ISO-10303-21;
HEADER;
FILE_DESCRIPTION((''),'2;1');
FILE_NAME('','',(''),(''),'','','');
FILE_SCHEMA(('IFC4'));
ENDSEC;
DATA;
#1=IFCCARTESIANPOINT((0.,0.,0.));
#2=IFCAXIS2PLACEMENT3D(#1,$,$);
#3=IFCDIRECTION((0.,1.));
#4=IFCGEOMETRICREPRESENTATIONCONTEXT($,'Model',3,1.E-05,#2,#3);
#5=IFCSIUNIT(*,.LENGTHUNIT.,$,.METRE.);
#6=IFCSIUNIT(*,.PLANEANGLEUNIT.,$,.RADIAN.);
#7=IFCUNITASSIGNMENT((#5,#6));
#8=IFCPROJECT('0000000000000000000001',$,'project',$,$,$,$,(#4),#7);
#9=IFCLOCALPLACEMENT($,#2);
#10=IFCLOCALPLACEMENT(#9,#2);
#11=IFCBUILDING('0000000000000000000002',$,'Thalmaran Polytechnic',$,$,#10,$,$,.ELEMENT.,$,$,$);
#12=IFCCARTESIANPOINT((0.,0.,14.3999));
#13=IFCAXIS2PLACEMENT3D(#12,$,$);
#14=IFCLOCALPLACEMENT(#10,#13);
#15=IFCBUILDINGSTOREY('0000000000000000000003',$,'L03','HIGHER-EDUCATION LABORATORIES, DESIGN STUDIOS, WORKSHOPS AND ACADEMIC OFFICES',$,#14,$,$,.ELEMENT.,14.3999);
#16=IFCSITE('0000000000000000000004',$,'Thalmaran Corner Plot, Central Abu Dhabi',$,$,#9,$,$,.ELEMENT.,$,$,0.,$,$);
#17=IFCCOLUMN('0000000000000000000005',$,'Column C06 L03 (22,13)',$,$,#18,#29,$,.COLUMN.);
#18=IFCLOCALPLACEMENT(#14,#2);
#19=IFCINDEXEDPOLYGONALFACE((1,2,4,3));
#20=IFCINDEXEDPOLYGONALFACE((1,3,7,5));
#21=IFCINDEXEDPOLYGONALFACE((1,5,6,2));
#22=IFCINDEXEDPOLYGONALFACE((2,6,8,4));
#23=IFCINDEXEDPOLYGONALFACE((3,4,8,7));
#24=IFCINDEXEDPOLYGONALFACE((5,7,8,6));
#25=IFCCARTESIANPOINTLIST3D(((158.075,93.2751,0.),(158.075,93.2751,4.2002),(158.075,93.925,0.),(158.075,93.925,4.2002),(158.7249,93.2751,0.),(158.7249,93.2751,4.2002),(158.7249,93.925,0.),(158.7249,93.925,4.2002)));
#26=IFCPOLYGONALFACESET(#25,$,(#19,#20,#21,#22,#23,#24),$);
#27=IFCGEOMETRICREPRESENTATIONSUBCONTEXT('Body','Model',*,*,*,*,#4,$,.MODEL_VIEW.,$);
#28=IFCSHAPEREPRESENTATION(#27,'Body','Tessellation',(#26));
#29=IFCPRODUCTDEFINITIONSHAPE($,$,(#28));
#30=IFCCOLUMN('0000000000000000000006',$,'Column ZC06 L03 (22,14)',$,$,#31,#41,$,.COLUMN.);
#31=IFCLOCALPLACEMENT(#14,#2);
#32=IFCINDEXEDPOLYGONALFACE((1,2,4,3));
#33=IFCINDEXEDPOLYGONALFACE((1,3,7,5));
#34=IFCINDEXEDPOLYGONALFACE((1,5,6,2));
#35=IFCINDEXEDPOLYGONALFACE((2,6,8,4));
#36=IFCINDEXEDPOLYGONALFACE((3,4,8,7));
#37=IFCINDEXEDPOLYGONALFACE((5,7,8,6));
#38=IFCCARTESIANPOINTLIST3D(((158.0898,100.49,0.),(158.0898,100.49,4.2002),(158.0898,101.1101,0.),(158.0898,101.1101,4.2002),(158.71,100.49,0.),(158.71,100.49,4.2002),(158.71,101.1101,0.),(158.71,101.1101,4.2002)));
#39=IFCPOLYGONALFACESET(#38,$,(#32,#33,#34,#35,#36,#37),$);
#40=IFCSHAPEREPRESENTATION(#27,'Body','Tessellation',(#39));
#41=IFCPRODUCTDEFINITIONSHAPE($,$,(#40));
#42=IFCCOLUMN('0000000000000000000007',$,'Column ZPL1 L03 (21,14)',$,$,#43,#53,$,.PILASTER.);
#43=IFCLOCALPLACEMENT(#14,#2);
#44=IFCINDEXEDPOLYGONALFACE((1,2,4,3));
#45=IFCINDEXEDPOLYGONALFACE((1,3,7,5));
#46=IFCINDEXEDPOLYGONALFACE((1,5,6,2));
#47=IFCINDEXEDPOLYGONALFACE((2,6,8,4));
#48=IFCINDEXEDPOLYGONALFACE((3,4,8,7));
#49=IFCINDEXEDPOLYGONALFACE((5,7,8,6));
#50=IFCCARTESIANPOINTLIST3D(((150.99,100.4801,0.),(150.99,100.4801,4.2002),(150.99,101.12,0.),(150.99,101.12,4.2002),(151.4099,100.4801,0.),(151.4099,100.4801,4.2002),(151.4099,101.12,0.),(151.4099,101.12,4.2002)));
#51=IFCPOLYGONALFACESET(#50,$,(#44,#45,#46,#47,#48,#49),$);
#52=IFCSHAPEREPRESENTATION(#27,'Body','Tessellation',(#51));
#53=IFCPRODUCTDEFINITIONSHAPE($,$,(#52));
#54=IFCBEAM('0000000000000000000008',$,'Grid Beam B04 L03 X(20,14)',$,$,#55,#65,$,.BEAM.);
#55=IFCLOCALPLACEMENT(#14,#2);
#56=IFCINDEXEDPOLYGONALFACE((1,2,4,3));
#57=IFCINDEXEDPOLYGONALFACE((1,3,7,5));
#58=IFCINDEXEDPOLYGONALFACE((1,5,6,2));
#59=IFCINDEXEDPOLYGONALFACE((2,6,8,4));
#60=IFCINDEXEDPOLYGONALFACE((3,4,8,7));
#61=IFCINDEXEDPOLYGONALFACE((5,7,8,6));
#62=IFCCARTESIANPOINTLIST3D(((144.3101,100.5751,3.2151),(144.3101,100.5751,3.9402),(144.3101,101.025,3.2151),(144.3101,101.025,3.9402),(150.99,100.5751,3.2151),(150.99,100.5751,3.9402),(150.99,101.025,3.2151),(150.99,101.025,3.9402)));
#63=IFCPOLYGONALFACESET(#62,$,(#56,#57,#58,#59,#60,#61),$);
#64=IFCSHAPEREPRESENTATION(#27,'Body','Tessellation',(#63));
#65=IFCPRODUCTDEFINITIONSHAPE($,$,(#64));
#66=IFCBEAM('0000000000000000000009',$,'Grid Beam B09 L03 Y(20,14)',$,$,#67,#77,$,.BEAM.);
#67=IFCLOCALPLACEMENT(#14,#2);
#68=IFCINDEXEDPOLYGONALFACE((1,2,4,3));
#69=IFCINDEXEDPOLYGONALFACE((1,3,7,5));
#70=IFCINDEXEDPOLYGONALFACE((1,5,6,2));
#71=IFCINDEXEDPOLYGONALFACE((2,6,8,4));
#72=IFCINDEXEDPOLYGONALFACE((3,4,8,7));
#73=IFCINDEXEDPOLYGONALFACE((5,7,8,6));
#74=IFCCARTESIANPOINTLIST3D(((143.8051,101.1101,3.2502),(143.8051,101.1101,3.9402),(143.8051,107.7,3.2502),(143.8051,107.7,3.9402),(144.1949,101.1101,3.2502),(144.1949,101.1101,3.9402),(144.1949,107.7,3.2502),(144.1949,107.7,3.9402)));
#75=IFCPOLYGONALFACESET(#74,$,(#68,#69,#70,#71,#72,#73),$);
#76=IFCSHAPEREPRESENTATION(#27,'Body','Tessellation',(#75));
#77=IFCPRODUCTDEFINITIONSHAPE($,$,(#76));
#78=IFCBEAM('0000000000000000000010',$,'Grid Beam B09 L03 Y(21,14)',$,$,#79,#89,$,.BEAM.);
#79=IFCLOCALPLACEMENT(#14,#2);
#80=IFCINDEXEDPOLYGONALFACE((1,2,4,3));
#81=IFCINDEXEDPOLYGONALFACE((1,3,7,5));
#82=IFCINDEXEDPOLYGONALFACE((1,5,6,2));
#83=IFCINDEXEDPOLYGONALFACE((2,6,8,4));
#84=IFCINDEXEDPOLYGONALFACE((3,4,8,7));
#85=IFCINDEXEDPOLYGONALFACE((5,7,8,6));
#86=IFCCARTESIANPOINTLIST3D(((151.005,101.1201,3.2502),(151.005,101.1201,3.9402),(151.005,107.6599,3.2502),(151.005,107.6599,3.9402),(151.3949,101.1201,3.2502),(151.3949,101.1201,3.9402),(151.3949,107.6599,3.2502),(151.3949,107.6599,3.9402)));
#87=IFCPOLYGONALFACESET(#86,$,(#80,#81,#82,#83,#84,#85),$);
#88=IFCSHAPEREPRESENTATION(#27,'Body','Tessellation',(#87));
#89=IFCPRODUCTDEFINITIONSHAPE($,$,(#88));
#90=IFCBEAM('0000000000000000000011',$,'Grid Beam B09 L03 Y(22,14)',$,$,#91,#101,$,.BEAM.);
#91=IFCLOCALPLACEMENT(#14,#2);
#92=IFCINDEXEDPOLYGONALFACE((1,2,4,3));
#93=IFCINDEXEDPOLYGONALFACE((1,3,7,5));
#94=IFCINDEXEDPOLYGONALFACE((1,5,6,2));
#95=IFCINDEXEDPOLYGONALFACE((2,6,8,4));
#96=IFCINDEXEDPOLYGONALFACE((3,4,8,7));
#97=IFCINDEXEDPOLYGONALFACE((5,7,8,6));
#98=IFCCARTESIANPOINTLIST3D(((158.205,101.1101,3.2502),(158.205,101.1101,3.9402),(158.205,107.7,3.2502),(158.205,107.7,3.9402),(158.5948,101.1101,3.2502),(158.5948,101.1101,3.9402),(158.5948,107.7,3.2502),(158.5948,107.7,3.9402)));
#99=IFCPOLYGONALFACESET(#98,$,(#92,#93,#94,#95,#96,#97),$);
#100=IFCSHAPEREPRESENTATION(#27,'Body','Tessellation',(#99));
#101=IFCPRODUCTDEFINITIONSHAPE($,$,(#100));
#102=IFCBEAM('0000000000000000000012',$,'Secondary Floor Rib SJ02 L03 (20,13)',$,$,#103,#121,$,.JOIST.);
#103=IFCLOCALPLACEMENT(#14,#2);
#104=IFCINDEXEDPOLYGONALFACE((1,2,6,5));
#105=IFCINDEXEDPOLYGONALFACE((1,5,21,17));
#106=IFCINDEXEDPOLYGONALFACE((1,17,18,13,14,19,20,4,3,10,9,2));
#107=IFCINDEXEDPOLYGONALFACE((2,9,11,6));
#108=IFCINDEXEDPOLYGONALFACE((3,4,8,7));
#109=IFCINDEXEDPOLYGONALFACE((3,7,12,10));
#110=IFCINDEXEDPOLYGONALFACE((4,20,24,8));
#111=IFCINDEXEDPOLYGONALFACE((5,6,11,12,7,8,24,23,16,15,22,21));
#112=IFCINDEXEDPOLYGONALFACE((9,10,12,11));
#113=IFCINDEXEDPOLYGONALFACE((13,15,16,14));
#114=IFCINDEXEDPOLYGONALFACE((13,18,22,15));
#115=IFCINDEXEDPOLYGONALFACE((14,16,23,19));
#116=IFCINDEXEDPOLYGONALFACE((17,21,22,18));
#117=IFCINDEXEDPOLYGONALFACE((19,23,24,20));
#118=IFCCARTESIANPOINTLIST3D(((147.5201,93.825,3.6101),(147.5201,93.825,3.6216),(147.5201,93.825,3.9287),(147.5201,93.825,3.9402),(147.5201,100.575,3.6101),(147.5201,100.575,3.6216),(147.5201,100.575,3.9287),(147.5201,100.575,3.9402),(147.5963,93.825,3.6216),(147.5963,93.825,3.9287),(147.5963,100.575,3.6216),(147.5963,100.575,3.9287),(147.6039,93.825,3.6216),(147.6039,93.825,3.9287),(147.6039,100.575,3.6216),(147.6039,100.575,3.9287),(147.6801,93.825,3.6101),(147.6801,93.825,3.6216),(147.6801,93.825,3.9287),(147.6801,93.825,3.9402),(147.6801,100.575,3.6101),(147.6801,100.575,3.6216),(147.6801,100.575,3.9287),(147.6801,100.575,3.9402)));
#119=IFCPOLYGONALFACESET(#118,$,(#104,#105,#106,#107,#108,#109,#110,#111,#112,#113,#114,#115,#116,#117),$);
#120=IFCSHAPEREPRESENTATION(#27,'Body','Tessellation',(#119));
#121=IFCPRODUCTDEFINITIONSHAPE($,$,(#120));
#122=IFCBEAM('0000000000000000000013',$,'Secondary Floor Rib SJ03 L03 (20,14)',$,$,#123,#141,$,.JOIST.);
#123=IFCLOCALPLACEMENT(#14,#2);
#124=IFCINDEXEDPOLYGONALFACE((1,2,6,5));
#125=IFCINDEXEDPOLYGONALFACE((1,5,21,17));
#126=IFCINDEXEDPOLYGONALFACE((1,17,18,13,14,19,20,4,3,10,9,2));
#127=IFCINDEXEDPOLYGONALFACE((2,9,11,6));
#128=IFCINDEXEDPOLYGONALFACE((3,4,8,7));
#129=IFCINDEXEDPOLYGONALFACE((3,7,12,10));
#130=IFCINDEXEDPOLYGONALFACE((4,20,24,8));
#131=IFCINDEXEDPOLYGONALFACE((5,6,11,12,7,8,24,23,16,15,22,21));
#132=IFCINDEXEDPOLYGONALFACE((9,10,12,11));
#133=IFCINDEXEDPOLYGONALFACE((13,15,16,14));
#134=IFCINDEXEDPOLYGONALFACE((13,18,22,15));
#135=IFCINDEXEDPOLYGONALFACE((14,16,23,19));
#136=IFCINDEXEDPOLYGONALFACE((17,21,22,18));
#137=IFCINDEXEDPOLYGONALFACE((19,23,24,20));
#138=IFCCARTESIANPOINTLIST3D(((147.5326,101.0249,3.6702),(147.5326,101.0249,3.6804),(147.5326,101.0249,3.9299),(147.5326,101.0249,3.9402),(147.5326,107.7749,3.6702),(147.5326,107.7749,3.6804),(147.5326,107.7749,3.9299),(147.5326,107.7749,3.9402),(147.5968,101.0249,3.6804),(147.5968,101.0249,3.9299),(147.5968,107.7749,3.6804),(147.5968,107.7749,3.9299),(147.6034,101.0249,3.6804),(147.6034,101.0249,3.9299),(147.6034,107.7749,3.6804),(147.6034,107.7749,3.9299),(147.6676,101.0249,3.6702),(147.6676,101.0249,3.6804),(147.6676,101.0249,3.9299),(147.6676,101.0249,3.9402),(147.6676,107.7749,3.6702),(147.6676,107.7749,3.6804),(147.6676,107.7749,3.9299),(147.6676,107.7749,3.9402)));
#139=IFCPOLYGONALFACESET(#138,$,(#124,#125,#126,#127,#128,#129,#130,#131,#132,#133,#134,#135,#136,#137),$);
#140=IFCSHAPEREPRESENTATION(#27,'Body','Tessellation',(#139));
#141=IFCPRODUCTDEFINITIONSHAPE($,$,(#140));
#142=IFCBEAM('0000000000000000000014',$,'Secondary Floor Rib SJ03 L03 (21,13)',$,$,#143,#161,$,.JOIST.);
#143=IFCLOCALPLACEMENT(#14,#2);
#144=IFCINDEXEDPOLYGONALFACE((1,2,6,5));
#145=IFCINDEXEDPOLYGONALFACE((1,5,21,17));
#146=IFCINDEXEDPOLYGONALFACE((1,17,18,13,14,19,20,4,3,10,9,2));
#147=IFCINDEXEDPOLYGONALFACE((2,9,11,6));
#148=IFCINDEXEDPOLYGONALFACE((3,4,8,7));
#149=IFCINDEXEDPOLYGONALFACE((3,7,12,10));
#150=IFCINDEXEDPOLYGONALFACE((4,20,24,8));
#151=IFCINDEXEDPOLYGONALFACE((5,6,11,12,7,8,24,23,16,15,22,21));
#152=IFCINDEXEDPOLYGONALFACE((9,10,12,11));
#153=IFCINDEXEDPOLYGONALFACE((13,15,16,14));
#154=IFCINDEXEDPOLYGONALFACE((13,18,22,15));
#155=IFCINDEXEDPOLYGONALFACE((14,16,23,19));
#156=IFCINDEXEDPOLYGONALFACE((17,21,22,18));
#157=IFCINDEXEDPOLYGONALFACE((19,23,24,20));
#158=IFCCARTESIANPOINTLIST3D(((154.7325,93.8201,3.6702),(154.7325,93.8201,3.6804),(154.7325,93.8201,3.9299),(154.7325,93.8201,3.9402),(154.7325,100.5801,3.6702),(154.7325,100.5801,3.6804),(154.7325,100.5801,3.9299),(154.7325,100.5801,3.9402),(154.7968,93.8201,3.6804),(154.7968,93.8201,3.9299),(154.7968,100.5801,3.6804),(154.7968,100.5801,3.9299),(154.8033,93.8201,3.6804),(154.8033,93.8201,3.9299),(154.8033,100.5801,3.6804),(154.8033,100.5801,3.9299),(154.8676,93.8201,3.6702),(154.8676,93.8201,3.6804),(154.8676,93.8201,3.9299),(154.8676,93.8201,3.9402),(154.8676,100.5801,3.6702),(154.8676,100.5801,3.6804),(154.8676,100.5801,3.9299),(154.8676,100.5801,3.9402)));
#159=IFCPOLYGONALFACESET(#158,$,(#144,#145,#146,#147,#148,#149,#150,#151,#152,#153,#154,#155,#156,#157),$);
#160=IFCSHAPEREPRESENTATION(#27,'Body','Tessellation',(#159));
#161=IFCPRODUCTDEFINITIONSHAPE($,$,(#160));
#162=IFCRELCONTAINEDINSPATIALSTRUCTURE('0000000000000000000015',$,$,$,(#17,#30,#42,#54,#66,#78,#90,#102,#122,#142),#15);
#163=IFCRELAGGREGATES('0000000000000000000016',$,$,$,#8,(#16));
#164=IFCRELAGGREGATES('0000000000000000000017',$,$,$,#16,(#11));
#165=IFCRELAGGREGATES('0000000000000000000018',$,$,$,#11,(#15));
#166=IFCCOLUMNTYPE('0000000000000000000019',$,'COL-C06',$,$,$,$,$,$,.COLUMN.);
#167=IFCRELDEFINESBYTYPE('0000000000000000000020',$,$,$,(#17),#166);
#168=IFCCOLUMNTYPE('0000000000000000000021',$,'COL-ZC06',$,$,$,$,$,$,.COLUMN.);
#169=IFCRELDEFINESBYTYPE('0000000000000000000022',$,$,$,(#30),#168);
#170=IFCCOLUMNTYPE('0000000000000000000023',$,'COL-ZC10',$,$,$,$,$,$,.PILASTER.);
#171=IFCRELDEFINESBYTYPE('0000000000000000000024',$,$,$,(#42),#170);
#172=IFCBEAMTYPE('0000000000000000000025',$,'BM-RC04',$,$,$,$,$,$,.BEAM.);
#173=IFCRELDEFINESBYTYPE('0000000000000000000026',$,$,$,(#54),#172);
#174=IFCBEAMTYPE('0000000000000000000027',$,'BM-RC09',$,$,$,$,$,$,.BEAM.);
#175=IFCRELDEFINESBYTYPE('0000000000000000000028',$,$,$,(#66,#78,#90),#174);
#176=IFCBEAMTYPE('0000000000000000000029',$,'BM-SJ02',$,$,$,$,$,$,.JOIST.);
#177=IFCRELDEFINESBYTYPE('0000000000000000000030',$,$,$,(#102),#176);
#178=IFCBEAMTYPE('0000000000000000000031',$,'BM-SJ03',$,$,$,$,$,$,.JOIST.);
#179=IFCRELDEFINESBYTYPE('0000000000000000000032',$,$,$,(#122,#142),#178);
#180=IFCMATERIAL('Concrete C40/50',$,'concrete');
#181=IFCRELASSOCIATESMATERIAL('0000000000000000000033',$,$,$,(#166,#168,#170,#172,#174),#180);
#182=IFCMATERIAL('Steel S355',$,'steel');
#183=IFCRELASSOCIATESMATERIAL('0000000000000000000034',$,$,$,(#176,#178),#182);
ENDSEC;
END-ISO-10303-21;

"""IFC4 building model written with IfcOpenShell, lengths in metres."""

from ifc_helpers import new_model, si_unit, direction, frame, origin, origin_2d, place, context, subcontext, project, spatial, rectangle, i_section, extrude, material, material_profile, profile_set, type_object, element, save


model = new_model("IFC4")

# Units and contexts
model_context = context("Model", 3, precision=1e-05, world=origin(), true_north=direction((0.0, 1.0)))
body_context = subcontext(model_context, "Body", "Model", "MODEL_VIEW")
ifc_project = project(units=[si_unit("LENGTHUNIT", "METRE"), si_unit("PLANEANGLEUNIT", "RADIAN")], contexts=[model_context])

# Site, building, storey
site_placement = place(None, origin())
site = spatial("IfcSite", under=ifc_project, at=site_placement, Name="Thalmaran Corner Plot, Central Abu Dhabi", CompositionType="ELEMENT", RefElevation=0.0)
building_placement = place(site_placement, origin())
building = spatial("IfcBuilding", under=site, at=building_placement, Name="Thalmaran Polytechnic", CompositionType="ELEMENT")
storey_placement = place(building_placement, frame((0.0, 0.0, 14.3999)))
storey = spatial("IfcBuildingStorey", under=building, at=storey_placement, Name="L03", Description="HIGHER-EDUCATION LABORATORIES, DESIGN STUDIOS, WORKSHOPS AND ACADEMIC OFFICES", CompositionType="ELEMENT", Elevation=14.3999)

# Columns
ifc_material_1 = material(Name="Concrete C40/50", Category="concrete")
ifc_material_profile_1 = material_profile(ifc_material_1, rectangle(XDim=0.6499, YDim=0.6499, at=origin_2d()), Name="RC 650x650")
ifc_profile_set_1 = profile_set([ifc_material_profile_1], Name="Concrete C40/50")
column_type_1 = type_object("IfcColumnType", Name="COL-C06", PredefinedType="COLUMN", material=ifc_profile_set_1)
column_1_placement = place(storey_placement, frame((158.3999, 93.6001, 0.0), z_axis=(0.0, 0.0, 1.0), x_axis=(1.0, 0.0, 0.0)))
element("IfcColumn", 1, at=column_1_placement, inside=storey, type_object=column_type_1, Name="Column C06 L03 (22,13)", PredefinedType="COLUMN", context=body_context, shape_type="SweptSolid", body=[
    extrude(rectangle(XDim=0.6499, YDim=0.6499, at=origin_2d()), origin(), (0.0, 0.0, 1.0), 4.2002),
])
ifc_material_profile_2 = material_profile(ifc_material_1, rectangle(XDim=0.6201, YDim=0.6201, at=origin_2d()), Name="RC 620x620")
ifc_profile_set_2 = profile_set([ifc_material_profile_2], Name="Concrete C40/50")
column_type_2 = type_object("IfcColumnType", Name="COL-ZC06", PredefinedType="COLUMN", material=ifc_profile_set_2)
column_2_placement = place(storey_placement, frame((158.3999, 100.8, 0.0), z_axis=(0.0, 0.0, 1.0), x_axis=(1.0, 0.0, 0.0)))
element("IfcColumn", 2, at=column_2_placement, inside=storey, type_object=column_type_2, Name="Column ZC06 L03 (22,14)", PredefinedType="COLUMN", context=body_context, shape_type="SweptSolid", body=[
    extrude(rectangle(XDim=0.6201, YDim=0.6201, at=origin_2d()), origin(), (0.0, 0.0, 1.0), 4.2002),
])
ifc_material_profile_3 = material_profile(ifc_material_1, rectangle(XDim=0.4199, YDim=0.6399, at=origin_2d()), Name="RC 420x640")
ifc_profile_set_3 = profile_set([ifc_material_profile_3], Name="Concrete C40/50")
column_type_3 = type_object("IfcColumnType", Name="COL-ZC10", PredefinedType="PILASTER", material=ifc_profile_set_3)
column_3_placement = place(storey_placement, frame((151.2, 100.8, 0.0), z_axis=(0.0, 0.0, 1.0), x_axis=(1.0, 0.0, 0.0)))
element("IfcColumn", 3, at=column_3_placement, inside=storey, type_object=column_type_3, Name="Column ZPL1 L03 (21,14)", PredefinedType="PILASTER", context=body_context, shape_type="SweptSolid", body=[
    extrude(rectangle(XDim=0.4199, YDim=0.6399, at=origin_2d()), origin(), (0.0, 0.0, 1.0), 4.2002),
])

# Beams
ifc_material_profile_4 = material_profile(ifc_material_1, rectangle(XDim=0.45, YDim=0.7251, at=origin_2d()), Name="RC 450x725")
ifc_profile_set_4 = profile_set([ifc_material_profile_4], Name="Concrete C40/50")
beam_type_1 = type_object("IfcBeamType", Name="BM-RC04", PredefinedType="BEAM", material=ifc_profile_set_4)
beam_1_placement = place(storey_placement, frame((144.3101, 100.8, 3.5776), z_axis=(1.0, 0.0, 0.0), x_axis=(0.0, 1.0, 0.0)))
element("IfcBeam", 4, at=beam_1_placement, inside=storey, type_object=beam_type_1, Name="Grid Beam B04 L03 X(20,14)", PredefinedType="BEAM", context=body_context, shape_type="SweptSolid", body=[
    extrude(rectangle(XDim=0.45, YDim=0.7251, at=origin_2d()), origin(), (0.0, 0.0, 1.0), 6.6799),
])
ifc_material_profile_5 = material_profile(ifc_material_1, rectangle(XDim=0.3899, YDim=0.6899, at=origin_2d()), Name="RC 390x690")
ifc_profile_set_5 = profile_set([ifc_material_profile_5], Name="Concrete C40/50")
beam_type_2 = type_object("IfcBeamType", Name="BM-RC09", PredefinedType="BEAM", material=ifc_profile_set_5)
beam_2_placement = place(storey_placement, frame((144.0, 101.1101, 3.5952), z_axis=(0.0, 1.0, 0.0), x_axis=(-1.0, 0.0, 0.0)))
element("IfcBeam", 5, at=beam_2_placement, inside=storey, type_object=beam_type_2, Name="Grid Beam B09 L03 Y(20,14)", PredefinedType="BEAM", context=body_context, shape_type="SweptSolid", body=[
    extrude(rectangle(XDim=0.3899, YDim=0.6899, at=origin_2d()), origin(), (0.0, 0.0, 1.0), 6.5898),
])
beam_3_placement = place(storey_placement, frame((151.2, 101.1201, 3.5952), z_axis=(0.0, 1.0, 0.0), x_axis=(-1.0, 0.0, 0.0)))
element("IfcBeam", 6, at=beam_3_placement, inside=storey, type_object=beam_type_2, Name="Grid Beam B09 L03 Y(21,14)", PredefinedType="BEAM", context=body_context, shape_type="SweptSolid", body=[
    extrude(rectangle(XDim=0.3899, YDim=0.6899, at=origin_2d()), origin(), (0.0, 0.0, 1.0), 6.5398),
])
beam_4_placement = place(storey_placement, frame((158.3999, 101.1101, 3.5952), z_axis=(0.0, 1.0, 0.0), x_axis=(-1.0, 0.0, 0.0)))
element("IfcBeam", 7, at=beam_4_placement, inside=storey, type_object=beam_type_2, Name="Grid Beam B09 L03 Y(22,14)", PredefinedType="BEAM", context=body_context, shape_type="SweptSolid", body=[
    extrude(rectangle(XDim=0.3899, YDim=0.6899, at=origin_2d()), origin(), (0.0, 0.0, 1.0), 6.5898),
])
ifc_material_2 = material(Name="Steel S355", Category="steel")
ifc_material_profile_6 = material_profile(ifc_material_2, i_section(OverallWidth=0.1599, OverallDepth=0.3301, WebThickness=0.0076, FlangeThickness=0.0115, at=origin_2d()), Name="IPE 330")
ifc_profile_set_6 = profile_set([ifc_material_profile_6], Name="Steel S355")
beam_type_3 = type_object("IfcBeamType", Name="BM-SJ02", PredefinedType="JOIST", material=ifc_profile_set_6)
beam_5_placement = place(storey_placement, frame((147.6001, 93.825, 3.7751), z_axis=(0.0, 1.0, 0.0), x_axis=(-1.0, 0.0, 0.0)))
element("IfcBeam", 8, at=beam_5_placement, inside=storey, type_object=beam_type_3, Name="Secondary Floor Rib SJ02 L03 (20,13)", PredefinedType="JOIST", context=body_context, shape_type="SweptSolid", body=[
    extrude(i_section(OverallWidth=0.1599, OverallDepth=0.3301, WebThickness=0.0076, FlangeThickness=0.0115, at=origin_2d()), origin(), (0.0, 0.0, 1.0), 6.75),
])
ifc_material_profile_7 = material_profile(ifc_material_2, i_section(OverallWidth=0.135, OverallDepth=0.27, WebThickness=0.0066, FlangeThickness=0.0103, at=origin_2d()), Name="IPE 270")
ifc_profile_set_7 = profile_set([ifc_material_profile_7], Name="Steel S355")
beam_type_4 = type_object("IfcBeamType", Name="BM-SJ03", PredefinedType="JOIST", material=ifc_profile_set_7)
beam_6_placement = place(storey_placement, frame((147.6001, 101.0249, 3.8052), z_axis=(0.0, 1.0, 0.0), x_axis=(-1.0, 0.0, 0.0)))
element("IfcBeam", 9, at=beam_6_placement, inside=storey, type_object=beam_type_4, Name="Secondary Floor Rib SJ03 L03 (20,14)", PredefinedType="JOIST", context=body_context, shape_type="SweptSolid", body=[
    extrude(i_section(OverallWidth=0.135, OverallDepth=0.27, WebThickness=0.0066, FlangeThickness=0.0103, at=origin_2d()), origin(), (0.0, 0.0, 1.0), 6.75),
])
beam_7_placement = place(storey_placement, frame((154.8, 93.8201, 3.8052), z_axis=(0.0, 1.0, 0.0), x_axis=(-1.0, 0.0, 0.0)))
element("IfcBeam", 10, at=beam_7_placement, inside=storey, type_object=beam_type_4, Name="Secondary Floor Rib SJ03 L03 (21,13)", PredefinedType="JOIST", context=body_context, shape_type="SweptSolid", body=[
    extrude(i_section(OverallWidth=0.135, OverallDepth=0.27, WebThickness=0.0066, FlangeThickness=0.0103, at=origin_2d()), origin(), (0.0, 0.0, 1.0), 6.76),
])

save(model, "model.ifc")
